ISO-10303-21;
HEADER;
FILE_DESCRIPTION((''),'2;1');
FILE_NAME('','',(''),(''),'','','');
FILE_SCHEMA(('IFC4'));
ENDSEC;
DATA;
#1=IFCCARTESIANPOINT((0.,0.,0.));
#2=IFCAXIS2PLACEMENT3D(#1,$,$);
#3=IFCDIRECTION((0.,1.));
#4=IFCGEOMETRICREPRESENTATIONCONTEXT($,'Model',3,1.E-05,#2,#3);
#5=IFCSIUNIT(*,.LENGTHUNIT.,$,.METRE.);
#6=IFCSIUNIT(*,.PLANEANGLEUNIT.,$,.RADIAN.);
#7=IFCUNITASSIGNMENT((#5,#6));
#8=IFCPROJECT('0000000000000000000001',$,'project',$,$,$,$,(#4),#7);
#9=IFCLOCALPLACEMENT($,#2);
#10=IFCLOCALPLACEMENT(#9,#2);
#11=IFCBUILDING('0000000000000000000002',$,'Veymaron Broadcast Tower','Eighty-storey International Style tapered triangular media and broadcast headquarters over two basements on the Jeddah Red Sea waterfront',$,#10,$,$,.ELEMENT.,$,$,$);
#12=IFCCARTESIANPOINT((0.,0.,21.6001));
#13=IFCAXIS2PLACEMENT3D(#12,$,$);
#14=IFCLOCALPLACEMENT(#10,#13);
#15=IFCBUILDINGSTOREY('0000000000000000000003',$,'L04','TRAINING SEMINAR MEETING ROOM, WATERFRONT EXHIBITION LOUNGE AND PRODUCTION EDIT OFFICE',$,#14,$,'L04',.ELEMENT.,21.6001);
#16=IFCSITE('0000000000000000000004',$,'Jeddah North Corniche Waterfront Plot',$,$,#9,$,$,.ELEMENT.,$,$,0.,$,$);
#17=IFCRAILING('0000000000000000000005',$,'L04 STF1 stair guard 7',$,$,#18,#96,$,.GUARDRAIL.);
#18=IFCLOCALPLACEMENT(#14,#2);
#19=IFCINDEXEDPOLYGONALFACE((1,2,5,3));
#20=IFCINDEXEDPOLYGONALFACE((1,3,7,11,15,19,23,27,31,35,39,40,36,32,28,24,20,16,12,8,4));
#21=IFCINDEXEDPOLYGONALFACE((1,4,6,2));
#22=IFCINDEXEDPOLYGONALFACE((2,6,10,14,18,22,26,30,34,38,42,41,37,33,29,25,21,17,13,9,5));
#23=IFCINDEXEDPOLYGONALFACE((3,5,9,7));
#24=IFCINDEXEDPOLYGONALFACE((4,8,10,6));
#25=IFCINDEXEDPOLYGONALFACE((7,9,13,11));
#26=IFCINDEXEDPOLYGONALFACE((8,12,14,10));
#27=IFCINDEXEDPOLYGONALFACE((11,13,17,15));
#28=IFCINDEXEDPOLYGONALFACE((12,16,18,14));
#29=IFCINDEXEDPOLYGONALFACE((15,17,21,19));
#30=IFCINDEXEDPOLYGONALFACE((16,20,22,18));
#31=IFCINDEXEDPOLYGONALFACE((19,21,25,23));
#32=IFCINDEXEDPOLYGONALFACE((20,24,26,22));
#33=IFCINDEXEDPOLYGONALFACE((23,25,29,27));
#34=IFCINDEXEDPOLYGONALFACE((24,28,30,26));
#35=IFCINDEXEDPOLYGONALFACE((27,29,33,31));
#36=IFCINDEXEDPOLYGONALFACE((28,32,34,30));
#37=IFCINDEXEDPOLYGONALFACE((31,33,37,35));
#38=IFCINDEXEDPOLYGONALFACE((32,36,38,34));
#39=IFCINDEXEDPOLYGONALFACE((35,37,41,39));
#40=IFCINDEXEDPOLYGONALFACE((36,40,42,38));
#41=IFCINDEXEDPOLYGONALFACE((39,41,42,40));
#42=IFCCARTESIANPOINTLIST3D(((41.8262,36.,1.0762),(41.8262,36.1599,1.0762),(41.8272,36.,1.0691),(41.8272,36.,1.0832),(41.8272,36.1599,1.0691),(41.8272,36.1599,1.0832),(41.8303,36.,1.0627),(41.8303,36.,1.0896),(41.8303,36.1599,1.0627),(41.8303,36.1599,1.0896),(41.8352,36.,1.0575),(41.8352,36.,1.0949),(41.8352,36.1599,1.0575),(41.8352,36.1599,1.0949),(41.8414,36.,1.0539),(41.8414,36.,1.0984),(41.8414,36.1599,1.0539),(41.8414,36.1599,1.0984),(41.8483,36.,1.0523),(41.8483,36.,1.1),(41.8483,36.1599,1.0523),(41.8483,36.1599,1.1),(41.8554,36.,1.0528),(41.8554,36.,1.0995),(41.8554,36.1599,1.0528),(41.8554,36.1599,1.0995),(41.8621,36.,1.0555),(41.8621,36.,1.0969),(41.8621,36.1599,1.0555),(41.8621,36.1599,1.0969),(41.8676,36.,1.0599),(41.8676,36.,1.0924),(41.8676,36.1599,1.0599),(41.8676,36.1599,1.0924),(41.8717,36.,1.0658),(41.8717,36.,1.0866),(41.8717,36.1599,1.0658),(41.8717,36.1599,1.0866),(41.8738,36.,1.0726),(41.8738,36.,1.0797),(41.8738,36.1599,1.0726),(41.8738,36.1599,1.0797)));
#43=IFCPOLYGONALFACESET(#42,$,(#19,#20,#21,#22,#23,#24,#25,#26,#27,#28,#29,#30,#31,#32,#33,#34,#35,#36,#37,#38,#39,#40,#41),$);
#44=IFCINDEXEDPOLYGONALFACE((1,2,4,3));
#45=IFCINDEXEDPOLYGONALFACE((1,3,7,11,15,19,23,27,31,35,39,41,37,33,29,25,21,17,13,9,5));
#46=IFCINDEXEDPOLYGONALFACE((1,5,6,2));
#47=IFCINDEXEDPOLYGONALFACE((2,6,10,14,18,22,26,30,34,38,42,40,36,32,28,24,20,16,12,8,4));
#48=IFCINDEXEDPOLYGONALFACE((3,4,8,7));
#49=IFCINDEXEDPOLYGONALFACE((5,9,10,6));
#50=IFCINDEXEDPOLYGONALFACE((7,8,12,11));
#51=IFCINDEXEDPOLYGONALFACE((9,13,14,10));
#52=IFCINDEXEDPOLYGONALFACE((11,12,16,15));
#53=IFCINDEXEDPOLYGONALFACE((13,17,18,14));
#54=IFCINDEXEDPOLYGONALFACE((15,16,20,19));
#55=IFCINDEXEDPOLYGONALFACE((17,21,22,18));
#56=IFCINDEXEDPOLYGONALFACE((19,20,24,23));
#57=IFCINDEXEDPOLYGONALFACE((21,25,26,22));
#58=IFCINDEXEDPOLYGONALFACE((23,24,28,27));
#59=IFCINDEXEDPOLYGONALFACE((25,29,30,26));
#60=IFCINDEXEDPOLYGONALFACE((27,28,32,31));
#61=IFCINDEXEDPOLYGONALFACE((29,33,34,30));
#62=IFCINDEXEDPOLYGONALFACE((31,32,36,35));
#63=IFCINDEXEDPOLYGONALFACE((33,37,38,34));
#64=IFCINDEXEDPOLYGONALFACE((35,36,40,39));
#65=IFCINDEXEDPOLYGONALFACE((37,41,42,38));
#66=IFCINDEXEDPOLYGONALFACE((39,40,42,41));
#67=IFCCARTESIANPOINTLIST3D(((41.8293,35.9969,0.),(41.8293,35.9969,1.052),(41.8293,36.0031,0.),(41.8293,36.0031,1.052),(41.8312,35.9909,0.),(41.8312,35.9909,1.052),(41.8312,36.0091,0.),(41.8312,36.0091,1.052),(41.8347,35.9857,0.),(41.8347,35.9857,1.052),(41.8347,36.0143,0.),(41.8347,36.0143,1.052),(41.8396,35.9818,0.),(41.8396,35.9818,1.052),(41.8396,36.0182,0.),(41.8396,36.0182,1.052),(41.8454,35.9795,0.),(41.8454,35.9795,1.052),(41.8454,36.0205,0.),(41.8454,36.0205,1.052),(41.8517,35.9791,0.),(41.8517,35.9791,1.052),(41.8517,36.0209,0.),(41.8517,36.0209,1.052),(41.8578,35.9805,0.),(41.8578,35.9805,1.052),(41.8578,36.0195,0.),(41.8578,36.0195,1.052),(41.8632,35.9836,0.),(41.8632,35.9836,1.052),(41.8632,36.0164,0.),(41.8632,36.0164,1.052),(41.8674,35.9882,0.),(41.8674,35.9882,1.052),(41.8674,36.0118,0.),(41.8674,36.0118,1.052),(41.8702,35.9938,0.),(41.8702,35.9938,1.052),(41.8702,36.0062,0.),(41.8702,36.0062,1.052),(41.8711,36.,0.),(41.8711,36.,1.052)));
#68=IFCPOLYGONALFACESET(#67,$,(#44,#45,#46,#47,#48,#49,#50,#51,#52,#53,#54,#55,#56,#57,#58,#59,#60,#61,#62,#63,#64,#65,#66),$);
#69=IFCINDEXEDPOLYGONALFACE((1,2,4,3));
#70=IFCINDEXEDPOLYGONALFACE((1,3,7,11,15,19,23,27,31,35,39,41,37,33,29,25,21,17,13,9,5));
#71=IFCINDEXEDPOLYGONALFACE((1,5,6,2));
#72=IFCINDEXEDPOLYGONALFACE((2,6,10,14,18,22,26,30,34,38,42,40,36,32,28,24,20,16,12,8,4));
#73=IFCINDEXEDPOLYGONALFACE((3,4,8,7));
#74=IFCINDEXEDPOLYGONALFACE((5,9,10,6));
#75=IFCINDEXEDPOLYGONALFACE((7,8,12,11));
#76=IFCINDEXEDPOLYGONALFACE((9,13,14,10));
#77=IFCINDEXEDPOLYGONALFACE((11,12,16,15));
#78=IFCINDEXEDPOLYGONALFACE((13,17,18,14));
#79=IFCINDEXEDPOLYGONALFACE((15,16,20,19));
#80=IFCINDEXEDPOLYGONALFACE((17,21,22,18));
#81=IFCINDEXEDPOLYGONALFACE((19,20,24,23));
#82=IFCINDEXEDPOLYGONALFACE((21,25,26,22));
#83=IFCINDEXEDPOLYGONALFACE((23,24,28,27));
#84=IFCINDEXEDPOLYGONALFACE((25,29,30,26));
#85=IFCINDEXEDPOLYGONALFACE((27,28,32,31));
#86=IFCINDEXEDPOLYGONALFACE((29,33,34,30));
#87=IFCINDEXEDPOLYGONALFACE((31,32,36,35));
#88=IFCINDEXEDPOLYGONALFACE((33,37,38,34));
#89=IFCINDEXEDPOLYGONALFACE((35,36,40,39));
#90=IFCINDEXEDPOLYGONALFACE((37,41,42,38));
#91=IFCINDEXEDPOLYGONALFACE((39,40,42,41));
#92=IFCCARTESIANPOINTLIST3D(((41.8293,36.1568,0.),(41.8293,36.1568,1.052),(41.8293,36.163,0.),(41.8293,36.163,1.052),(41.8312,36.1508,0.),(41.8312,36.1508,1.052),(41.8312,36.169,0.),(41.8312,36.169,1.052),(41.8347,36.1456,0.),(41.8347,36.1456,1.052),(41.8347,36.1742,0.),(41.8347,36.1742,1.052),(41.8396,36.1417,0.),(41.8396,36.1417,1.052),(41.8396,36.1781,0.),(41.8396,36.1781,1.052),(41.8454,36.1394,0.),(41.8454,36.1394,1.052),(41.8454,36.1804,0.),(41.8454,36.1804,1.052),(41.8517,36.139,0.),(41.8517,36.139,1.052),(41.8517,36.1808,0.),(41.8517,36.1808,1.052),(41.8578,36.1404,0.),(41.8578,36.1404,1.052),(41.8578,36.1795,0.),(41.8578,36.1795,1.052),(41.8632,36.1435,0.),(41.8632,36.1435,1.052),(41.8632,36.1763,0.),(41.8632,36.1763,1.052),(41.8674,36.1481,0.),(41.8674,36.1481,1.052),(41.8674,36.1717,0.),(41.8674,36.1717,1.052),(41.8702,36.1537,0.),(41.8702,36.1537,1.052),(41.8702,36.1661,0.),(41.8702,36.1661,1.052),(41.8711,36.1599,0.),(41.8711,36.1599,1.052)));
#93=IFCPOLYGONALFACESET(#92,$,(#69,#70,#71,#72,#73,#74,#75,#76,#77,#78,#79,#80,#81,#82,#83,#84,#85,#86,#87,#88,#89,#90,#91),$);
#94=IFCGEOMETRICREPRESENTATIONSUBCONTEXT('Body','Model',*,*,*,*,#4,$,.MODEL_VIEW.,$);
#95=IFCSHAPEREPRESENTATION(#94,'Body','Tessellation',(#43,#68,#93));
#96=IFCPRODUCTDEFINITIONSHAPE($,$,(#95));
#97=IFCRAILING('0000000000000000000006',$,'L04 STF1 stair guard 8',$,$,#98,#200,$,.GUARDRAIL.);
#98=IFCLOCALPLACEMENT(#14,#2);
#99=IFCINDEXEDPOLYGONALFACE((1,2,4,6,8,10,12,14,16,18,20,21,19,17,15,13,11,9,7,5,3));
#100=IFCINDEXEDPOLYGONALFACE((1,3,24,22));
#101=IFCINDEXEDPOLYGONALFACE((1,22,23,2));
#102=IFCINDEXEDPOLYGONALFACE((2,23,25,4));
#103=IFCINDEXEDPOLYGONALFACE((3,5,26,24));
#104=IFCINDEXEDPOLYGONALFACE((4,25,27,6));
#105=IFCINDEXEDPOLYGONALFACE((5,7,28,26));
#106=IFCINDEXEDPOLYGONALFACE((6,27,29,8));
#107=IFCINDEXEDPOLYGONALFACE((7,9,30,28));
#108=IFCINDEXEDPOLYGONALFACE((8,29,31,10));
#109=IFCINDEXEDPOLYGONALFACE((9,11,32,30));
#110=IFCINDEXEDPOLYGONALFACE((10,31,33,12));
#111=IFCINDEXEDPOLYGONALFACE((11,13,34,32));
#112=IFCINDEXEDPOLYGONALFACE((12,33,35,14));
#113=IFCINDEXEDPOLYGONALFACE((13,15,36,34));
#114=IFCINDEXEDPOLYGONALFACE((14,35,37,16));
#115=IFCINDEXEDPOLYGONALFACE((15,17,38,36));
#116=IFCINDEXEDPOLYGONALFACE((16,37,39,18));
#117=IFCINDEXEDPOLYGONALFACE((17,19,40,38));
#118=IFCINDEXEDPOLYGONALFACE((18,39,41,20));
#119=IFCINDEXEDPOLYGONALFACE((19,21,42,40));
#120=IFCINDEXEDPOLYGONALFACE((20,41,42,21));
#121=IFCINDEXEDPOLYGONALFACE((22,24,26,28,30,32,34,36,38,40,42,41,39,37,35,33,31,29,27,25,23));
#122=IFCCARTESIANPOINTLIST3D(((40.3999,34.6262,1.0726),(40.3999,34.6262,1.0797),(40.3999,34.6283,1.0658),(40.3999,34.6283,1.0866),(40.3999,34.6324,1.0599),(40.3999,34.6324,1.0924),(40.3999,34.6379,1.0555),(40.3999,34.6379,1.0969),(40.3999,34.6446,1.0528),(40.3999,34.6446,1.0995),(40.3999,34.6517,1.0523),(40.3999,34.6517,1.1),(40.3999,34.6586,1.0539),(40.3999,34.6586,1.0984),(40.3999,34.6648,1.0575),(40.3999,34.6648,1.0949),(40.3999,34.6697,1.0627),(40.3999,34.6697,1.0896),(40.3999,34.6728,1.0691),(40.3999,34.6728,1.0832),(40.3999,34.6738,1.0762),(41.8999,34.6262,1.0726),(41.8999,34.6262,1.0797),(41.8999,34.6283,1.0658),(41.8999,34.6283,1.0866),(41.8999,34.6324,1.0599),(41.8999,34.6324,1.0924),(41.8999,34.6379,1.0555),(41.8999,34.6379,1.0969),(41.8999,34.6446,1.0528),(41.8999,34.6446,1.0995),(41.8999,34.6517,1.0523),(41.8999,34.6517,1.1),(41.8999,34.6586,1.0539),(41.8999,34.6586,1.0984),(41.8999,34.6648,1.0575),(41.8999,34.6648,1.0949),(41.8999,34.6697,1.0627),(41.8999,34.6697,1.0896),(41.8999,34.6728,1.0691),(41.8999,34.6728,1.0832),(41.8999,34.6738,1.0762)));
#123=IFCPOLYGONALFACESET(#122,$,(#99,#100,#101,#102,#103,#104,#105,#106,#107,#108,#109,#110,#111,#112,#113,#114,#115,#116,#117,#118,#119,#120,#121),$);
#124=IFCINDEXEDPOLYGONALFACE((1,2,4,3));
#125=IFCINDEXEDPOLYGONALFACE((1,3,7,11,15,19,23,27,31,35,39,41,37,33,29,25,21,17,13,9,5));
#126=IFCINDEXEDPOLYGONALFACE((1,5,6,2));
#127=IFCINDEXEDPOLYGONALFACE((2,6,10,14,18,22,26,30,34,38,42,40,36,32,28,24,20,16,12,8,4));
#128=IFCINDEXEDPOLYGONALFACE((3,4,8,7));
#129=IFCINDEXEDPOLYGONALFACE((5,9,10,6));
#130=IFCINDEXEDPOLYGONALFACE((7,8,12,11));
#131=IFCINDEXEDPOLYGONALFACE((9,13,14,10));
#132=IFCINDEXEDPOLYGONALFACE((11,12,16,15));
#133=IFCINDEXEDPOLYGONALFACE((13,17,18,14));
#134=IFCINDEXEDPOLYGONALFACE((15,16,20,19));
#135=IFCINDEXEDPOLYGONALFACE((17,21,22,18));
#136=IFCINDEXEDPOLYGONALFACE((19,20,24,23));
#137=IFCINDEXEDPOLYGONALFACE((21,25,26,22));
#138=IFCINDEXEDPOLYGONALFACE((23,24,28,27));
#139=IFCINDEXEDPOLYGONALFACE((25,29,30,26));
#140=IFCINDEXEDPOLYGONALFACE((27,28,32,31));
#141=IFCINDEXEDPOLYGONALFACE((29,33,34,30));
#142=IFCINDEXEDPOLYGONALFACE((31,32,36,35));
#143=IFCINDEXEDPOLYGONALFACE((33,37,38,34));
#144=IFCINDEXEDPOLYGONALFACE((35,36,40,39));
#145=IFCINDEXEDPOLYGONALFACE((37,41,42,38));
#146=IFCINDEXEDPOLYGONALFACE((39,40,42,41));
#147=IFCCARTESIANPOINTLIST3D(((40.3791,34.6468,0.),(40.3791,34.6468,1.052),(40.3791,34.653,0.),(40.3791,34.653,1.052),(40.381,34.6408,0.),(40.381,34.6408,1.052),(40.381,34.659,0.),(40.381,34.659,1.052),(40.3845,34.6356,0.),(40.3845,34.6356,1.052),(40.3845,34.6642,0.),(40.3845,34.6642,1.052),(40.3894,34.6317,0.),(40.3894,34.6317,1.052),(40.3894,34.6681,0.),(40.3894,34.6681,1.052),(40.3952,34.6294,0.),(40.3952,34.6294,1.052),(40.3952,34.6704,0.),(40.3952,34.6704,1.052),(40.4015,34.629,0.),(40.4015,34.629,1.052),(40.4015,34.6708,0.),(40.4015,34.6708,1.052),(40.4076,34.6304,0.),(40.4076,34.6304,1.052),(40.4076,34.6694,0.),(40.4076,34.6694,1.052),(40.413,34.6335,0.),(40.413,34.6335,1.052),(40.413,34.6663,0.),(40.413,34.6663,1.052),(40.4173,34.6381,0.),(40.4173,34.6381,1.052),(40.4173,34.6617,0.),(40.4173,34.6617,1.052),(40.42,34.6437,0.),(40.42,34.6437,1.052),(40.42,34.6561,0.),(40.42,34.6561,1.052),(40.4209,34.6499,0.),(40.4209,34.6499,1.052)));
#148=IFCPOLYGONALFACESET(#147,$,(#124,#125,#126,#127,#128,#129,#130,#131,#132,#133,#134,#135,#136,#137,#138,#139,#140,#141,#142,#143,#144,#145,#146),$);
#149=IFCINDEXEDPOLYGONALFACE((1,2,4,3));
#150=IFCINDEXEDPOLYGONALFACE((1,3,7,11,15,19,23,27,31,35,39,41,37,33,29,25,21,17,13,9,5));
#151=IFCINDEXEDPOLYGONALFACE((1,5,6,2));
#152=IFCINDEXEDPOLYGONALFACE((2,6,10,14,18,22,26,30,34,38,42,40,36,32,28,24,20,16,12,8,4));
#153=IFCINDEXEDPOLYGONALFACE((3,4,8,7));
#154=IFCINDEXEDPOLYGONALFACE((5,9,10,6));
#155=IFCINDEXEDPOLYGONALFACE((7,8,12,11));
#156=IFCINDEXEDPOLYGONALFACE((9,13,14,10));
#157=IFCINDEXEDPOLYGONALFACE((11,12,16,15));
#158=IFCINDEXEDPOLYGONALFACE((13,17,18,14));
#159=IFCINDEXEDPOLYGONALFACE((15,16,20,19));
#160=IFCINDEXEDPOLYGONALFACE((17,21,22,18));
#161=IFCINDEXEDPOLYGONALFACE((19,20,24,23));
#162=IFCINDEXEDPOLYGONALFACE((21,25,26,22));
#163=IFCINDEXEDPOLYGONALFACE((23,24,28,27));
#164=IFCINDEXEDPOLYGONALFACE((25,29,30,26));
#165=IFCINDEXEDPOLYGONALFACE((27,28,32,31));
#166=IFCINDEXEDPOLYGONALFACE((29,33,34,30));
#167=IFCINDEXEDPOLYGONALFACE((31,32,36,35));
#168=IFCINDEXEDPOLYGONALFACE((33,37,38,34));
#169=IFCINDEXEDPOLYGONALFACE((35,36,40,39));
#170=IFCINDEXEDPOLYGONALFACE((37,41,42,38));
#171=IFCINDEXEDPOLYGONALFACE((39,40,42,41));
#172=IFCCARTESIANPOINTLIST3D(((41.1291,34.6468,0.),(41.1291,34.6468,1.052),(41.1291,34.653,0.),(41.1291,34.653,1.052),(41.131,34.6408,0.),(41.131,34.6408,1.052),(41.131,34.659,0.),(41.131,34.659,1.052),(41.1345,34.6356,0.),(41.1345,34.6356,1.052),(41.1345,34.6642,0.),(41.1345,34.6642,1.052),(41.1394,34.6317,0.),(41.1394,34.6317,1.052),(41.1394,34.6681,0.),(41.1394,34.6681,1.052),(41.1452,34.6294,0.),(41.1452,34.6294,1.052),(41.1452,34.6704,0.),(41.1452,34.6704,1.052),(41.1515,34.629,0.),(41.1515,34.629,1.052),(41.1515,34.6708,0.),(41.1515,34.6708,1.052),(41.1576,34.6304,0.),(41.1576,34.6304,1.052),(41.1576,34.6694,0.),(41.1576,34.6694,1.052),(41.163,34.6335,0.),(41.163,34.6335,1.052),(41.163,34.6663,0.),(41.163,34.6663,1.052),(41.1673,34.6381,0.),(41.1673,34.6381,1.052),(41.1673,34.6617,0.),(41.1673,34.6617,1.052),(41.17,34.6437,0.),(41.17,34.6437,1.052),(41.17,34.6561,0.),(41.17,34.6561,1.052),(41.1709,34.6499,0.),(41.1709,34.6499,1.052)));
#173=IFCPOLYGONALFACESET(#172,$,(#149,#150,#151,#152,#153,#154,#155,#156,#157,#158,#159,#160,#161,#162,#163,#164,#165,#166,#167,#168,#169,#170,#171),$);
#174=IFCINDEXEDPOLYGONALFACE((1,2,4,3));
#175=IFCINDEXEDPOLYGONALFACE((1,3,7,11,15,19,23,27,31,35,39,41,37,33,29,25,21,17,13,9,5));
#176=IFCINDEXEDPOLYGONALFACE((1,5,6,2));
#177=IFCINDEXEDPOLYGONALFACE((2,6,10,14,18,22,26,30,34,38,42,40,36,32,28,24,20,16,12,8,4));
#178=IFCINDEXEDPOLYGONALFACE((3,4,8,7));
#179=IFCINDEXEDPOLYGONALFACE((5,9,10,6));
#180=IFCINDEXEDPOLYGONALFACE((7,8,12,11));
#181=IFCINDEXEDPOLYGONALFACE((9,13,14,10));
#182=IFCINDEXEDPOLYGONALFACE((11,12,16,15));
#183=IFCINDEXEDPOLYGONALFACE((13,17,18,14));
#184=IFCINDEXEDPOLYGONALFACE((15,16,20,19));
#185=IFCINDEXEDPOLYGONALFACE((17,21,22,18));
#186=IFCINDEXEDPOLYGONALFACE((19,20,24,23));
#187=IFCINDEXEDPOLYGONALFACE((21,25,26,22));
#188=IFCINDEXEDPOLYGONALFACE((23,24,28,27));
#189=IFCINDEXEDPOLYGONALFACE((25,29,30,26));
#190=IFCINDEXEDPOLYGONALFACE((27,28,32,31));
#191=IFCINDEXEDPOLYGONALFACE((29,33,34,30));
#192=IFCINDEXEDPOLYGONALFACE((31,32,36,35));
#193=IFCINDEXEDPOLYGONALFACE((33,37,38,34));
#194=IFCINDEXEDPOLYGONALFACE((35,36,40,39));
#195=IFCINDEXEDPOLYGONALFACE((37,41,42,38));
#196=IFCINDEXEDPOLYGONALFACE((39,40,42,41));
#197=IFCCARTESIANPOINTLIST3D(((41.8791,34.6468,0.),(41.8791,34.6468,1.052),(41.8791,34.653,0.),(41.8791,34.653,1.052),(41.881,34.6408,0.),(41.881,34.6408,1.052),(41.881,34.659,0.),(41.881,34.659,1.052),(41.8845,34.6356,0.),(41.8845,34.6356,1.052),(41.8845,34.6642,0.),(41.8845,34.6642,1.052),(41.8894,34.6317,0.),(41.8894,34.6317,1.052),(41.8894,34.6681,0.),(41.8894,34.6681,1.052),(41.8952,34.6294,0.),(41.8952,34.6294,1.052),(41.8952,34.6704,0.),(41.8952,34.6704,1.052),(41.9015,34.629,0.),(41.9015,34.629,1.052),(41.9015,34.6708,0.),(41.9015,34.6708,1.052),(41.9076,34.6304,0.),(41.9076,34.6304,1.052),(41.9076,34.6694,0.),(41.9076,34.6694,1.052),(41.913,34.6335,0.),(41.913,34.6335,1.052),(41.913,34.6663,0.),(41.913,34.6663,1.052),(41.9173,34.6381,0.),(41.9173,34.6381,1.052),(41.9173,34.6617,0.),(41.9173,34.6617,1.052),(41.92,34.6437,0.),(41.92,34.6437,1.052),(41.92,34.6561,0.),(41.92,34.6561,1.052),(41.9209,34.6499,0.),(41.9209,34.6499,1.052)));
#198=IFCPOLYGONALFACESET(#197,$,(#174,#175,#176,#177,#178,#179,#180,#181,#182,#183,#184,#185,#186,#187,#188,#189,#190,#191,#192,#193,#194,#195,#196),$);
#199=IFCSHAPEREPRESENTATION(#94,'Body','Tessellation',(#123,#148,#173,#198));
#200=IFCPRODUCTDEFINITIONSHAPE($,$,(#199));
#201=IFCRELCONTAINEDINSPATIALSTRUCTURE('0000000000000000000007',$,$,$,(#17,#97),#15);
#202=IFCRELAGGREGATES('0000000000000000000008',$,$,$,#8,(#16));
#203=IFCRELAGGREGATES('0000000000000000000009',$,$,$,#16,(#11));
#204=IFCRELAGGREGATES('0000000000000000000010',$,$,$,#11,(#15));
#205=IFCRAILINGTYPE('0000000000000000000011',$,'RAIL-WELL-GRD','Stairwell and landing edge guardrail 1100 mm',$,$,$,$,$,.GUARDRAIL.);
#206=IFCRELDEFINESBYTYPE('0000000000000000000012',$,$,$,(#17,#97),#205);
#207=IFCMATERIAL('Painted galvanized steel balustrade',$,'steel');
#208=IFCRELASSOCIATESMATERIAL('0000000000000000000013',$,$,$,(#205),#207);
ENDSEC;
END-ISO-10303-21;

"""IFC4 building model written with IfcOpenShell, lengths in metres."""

from ifc_helpers import new_model, si_unit, direction, frame, origin, origin_2d, place, context, subcontext, project, spatial, circle, extrude, material, type_object, element, save


model = new_model("IFC4")

# Units and contexts
model_context = context("Model", 3, precision=1e-05, world=origin(), true_north=direction((0.0, 1.0)))
body_context = subcontext(model_context, "Body", "Model", "MODEL_VIEW")
ifc_project = project(units=[si_unit("LENGTHUNIT", "METRE"), si_unit("PLANEANGLEUNIT", "RADIAN")], contexts=[model_context])

# Site, building, storey
site_placement = place(None, origin())
site = spatial("IfcSite", under=ifc_project, at=site_placement, Name="Jeddah North Corniche Waterfront Plot", CompositionType="ELEMENT", RefElevation=0.0)
building_placement = place(site_placement, origin())
building = spatial("IfcBuilding", under=site, at=building_placement, Name="Veymaron Broadcast Tower", Description="Eighty-storey International Style tapered triangular media and broadcast headquarters over two basements on the Jeddah Red Sea waterfront", CompositionType="ELEMENT")
storey_placement = place(building_placement, frame((0.0, 0.0, 21.6001)))
storey = spatial("IfcBuildingStorey", under=building, at=storey_placement, Name="L04", Description="TRAINING SEMINAR MEETING ROOM, WATERFRONT EXHIBITION LOUNGE AND PRODUCTION EDIT OFFICE", LongName="L04", CompositionType="ELEMENT", Elevation=21.6001)

# Railings
ifc_material_1 = material(Name="Painted galvanized steel balustrade", Category="steel")
railing_type_1 = type_object("IfcRailingType", Name="RAIL-WELL-GRD", Description="Stairwell and landing edge guardrail 1100 mm", PredefinedType="GUARDRAIL", material=ifc_material_1)
railing_1_placement = place(storey_placement, frame((41.8501, 36.0, 0.0)))
element("IfcRailing", 1, at=railing_1_placement, inside=storey, type_object=railing_type_1, Name="L04 STF1 stair guard 7", PredefinedType="GUARDRAIL", context=body_context, shape_type="SweptSolid", body=[
    extrude(circle(Radius=0.0239, at=origin_2d()), frame((0.0, 0.0, 1.0762), z_axis=(0.0, 1.0, 0.0), x_axis=(-1.0, 0.0, 0.0)), (0.0, 0.0, 1.0), 0.1599),
    extrude(circle(Radius=0.021, at=origin_2d()), origin(), (0.0, 0.0, 1.0), 1.052),
    extrude(circle(Radius=0.021, at=origin_2d()), frame((0.0, 0.1599, 0.0)), (0.0, 0.0, 1.0), 1.052),
])
railing_2_placement = place(storey_placement, frame((40.3999, 34.6499, 0.0)))
element("IfcRailing", 2, at=railing_2_placement, inside=storey, type_object=railing_type_1, Name="L04 STF1 stair guard 8", PredefinedType="GUARDRAIL", context=body_context, shape_type="SweptSolid", body=[
    extrude(circle(Radius=0.0239, at=origin_2d()), frame((0.0, 0.0, 1.0762), z_axis=(1.0, 0.0, 0.0), x_axis=(0.0, 1.0, 0.0)), (0.0, 0.0, 1.0), 1.5),
    extrude(circle(Radius=0.021, at=origin_2d()), origin(), (0.0, 0.0, 1.0), 1.052),
    extrude(circle(Radius=0.021, at=origin_2d()), frame((0.75, 0.0, 0.0)), (0.0, 0.0, 1.0), 1.052),
    extrude(circle(Radius=0.021, at=origin_2d()), frame((1.5, 0.0, 0.0)), (0.0, 0.0, 1.0), 1.052),
])

save(model, "model.ifc")
